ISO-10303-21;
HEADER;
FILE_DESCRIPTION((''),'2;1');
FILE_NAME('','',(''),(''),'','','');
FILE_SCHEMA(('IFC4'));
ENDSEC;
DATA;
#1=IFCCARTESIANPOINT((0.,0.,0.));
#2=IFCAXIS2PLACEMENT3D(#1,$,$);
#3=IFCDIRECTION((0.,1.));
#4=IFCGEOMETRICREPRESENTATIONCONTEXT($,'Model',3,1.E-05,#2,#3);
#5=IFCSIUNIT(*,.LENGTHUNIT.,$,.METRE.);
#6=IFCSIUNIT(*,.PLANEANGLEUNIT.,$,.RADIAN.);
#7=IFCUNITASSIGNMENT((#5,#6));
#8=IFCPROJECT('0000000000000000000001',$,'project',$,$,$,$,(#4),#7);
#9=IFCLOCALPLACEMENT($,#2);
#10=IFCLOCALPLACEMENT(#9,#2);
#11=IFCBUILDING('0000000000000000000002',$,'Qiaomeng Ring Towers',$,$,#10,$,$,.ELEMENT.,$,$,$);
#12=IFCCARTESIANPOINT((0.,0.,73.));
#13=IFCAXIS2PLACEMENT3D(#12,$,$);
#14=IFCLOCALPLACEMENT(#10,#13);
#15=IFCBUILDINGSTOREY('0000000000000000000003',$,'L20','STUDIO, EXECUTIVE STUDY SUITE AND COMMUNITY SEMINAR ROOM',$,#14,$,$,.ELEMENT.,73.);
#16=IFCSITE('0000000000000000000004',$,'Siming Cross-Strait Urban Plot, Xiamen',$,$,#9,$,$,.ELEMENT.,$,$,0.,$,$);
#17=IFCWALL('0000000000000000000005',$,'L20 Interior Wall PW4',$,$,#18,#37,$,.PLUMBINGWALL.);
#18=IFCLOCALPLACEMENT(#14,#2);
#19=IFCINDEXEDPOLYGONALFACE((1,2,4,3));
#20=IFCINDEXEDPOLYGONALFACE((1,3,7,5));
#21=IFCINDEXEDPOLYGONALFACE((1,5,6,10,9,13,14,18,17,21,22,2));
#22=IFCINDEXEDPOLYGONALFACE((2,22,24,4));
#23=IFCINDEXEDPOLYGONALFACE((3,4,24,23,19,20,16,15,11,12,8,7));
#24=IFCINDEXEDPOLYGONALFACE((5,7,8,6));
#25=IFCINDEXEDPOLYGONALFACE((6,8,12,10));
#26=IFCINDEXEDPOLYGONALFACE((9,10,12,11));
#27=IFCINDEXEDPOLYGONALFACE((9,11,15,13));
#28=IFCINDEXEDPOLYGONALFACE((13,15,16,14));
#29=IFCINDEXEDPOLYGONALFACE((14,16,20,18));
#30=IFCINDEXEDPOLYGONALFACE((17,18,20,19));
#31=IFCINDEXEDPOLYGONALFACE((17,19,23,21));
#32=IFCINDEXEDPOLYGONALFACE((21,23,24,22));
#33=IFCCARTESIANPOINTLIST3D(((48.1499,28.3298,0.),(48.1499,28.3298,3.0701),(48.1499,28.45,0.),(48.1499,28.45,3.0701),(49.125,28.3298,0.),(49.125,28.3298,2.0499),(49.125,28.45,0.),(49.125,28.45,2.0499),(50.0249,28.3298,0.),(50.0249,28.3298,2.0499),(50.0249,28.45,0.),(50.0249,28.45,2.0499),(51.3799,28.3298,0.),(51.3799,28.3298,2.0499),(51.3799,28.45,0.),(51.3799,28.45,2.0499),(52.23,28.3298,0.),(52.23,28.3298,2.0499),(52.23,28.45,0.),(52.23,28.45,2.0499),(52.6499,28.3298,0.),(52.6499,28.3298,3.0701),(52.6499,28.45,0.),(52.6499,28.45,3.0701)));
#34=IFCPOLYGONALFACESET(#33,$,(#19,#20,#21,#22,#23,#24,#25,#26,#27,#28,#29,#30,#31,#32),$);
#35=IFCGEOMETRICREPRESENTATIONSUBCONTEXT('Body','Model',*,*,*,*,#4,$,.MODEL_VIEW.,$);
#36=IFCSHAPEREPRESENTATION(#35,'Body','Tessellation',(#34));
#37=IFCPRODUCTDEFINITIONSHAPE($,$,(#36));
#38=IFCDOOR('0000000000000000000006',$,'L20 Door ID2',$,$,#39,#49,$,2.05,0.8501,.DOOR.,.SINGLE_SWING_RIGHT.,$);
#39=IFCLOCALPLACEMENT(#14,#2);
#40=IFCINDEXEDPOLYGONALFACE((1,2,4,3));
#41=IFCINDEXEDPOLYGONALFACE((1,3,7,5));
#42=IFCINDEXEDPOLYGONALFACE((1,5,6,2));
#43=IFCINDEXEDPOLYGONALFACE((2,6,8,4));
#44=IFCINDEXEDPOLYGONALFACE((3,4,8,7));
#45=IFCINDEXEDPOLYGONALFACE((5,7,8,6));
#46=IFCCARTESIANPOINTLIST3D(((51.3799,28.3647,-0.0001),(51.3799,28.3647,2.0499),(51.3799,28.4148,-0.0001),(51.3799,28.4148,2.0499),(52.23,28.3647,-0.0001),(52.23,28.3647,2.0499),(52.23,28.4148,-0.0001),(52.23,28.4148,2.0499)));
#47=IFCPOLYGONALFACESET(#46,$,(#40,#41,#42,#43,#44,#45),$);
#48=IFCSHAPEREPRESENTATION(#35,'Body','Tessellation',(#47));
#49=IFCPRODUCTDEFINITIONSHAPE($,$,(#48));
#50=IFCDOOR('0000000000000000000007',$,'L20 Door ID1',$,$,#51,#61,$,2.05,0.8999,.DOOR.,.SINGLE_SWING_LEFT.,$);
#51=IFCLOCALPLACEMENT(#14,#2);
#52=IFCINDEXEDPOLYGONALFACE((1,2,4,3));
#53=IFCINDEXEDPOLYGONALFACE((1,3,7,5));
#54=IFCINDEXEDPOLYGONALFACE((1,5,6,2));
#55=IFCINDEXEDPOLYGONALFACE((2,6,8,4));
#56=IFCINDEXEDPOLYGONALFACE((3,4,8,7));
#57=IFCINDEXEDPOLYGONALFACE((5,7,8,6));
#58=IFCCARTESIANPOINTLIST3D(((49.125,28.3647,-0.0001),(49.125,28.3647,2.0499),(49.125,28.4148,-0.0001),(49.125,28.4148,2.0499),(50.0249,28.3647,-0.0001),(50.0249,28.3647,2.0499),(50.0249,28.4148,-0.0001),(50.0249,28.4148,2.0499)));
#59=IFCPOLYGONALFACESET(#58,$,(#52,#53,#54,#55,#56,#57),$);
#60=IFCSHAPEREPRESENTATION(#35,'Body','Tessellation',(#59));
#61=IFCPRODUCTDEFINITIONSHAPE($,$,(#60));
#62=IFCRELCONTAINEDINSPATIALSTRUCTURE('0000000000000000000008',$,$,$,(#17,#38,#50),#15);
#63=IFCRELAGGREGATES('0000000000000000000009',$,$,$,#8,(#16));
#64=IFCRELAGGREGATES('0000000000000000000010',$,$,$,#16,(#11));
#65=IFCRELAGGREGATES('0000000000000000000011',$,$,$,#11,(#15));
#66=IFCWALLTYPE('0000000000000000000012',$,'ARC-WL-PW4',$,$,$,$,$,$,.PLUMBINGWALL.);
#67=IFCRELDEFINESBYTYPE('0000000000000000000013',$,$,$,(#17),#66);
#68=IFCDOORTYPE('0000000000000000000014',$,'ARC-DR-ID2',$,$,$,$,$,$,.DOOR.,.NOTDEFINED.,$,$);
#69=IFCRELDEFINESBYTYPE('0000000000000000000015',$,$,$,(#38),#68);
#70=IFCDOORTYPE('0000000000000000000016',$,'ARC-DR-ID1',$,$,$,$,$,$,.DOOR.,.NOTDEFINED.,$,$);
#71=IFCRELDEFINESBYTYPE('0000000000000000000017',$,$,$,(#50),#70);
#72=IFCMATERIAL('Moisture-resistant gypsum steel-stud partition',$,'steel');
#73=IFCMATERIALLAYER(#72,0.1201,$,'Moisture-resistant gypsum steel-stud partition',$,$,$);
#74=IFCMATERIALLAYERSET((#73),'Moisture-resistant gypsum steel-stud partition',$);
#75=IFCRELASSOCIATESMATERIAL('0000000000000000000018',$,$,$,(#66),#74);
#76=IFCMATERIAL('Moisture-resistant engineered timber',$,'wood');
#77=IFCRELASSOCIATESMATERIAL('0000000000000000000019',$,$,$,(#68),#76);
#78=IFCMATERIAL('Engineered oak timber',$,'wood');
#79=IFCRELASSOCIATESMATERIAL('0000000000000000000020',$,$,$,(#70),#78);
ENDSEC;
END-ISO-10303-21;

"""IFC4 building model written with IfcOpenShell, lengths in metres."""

from ifc_helpers import new_model, si_unit, direction, frame, frame_2d, origin, place, context, subcontext, project, spatial, rectangle, extrude, source, transform, mapped, material, layer, layer_set, type_object, element, fill, save


model = new_model("IFC4")

# Units and contexts
model_context = context("Model", 3, precision=1e-05, world=origin(), true_north=direction((0.0, 1.0)))
body_context = subcontext(model_context, "Body", "Model", "MODEL_VIEW")
ifc_project = project(units=[si_unit("LENGTHUNIT", "METRE"), si_unit("PLANEANGLEUNIT", "RADIAN")], contexts=[model_context])

# Site, building, storey
site_placement = place(None, origin())
site = spatial("IfcSite", under=ifc_project, at=site_placement, Name="Siming Cross-Strait Urban Plot, Xiamen", CompositionType="ELEMENT", RefElevation=0.0)
building_placement = place(site_placement, origin())
building = spatial("IfcBuilding", under=site, at=building_placement, Name="Qiaomeng Ring Towers", CompositionType="ELEMENT")
storey_placement = place(building_placement, frame((0.0, 0.0, 73.0)))
storey = spatial("IfcBuildingStorey", under=building, at=storey_placement, Name="L20", Description="STUDIO, EXECUTIVE STUDY SUITE AND COMMUNITY SEMINAR ROOM", CompositionType="ELEMENT", Elevation=73.0)

# Wall, openings, doors
ifc_material_1 = material(Name="Moisture-resistant gypsum steel-stud partition", Category="steel")
ifc_layer_1 = layer(ifc_material_1, 0.1201, Name="Moisture-resistant gypsum steel-stud partition")
ifc_layer_set_1 = layer_set([ifc_layer_1], Name="Moisture-resistant gypsum steel-stud partition")
wall_type_1 = type_object("IfcWallType", Name="ARC-WL-PW4", PredefinedType="PLUMBINGWALL", material=ifc_layer_set_1)
ifc_material_2 = material(Name="Moisture-resistant engineered timber", Category="wood")
door_type_1 = type_object("IfcDoorType", Name="ARC-DR-ID2", OperationType="NOTDEFINED", PredefinedType="DOOR", material=ifc_material_2)
shared_shape_1 = source(origin(), body_context, "Body", "SweptSolid", [
    extrude(rectangle(XDim=0.8501, YDim=2.05, at=frame_2d((0.425, 1.0249))), frame((0.0, 0.0249, 0.0), z_axis=(0.0, -1.0, 0.0), x_axis=(1.0, 0.0, 0.0)), (0.0, 0.0, 1.0), 0.05),
])
ifc_material_3 = material(Name="Engineered oak timber", Category="wood")
door_type_2 = type_object("IfcDoorType", Name="ARC-DR-ID1", OperationType="NOTDEFINED", PredefinedType="DOOR", material=ifc_material_3)
shared_shape_2 = source(origin(), body_context, "Body", "SweptSolid", [
    extrude(rectangle(XDim=0.8999, YDim=2.05, at=frame_2d((0.45, 1.0249))), frame((0.0, 0.0249, 0.0), z_axis=(0.0, -1.0, 0.0), x_axis=(1.0, 0.0, 0.0)), (0.0, 0.0, 1.0), 0.05),
])
wall_1_placement = place(storey_placement, frame((48.1499, 28.3899, 0.0), z_axis=(0.0, 0.0, 1.0), x_axis=(1.0, 0.0, 0.0)))
wall_1 = element("IfcWall", 1, at=wall_1_placement, inside=storey, type_object=wall_type_1, Name="L20 Interior Wall PW4", PredefinedType="PLUMBINGWALL", context=body_context, shape_type="SweptSolid", body=[
    extrude(rectangle(XDim=4.5, YDim=0.1201, at=frame_2d((2.25, 0.0))), origin(), (0.0, 0.0, 1.0), 3.0701),
])
opening_1_placement = place(wall_1_placement, frame((0.9751, 0.0, 0.0)))
opening_1 = element("IfcOpeningElement", 2, at=opening_1_placement, cuts=wall_1, PredefinedType="OPENING", context=body_context, shape_type="SweptSolid", body=[
    extrude(rectangle(XDim=0.8999, YDim=2.05, at=frame_2d((0.45, 1.0249))), frame((0.0, 0.0701, 0.0), z_axis=(0.0, -1.0, 0.0), x_axis=(1.0, 0.0, 0.0)), (0.0, 0.0, 1.0), 0.1401),
])
opening_2_placement = place(wall_1_placement, frame((3.23, 0.0, 0.0)))
opening_2 = element("IfcOpeningElement", 3, at=opening_2_placement, cuts=wall_1, PredefinedType="OPENING", context=body_context, shape_type="SweptSolid", body=[
    extrude(rectangle(XDim=0.8501, YDim=2.05, at=frame_2d((0.425, 1.0249))), frame((0.0, 0.0701, 0.0), z_axis=(0.0, -1.0, 0.0), x_axis=(1.0, 0.0, 0.0)), (0.0, 0.0, 1.0), 0.1401),
])
door_1_placement = place(opening_2_placement, origin())
door_1 = element("IfcDoor", 4, at=door_1_placement, inside=storey, type_object=door_type_1, Name="L20 Door ID2", OperationType="SINGLE_SWING_RIGHT", OverallHeight=2.05, OverallWidth=0.8501, PredefinedType="DOOR", context=body_context, shape_type="MappedRepresentation", body=[
    mapped(shared_shape_1, transform((0.0, 0.0, 0.0), x_axis=(1.0, 0.0, 0.0), y_axis=(0.0, 1.0, 0.0), z_axis=(0.0, 0.0, 1.0), scale=1.0)),
])
fill(opening_2, door_1)
door_2_placement = place(opening_1_placement, origin())
door_2 = element("IfcDoor", 5, at=door_2_placement, inside=storey, type_object=door_type_2, Name="L20 Door ID1", OperationType="SINGLE_SWING_LEFT", OverallHeight=2.05, OverallWidth=0.8999, PredefinedType="DOOR", context=body_context, shape_type="MappedRepresentation", body=[
    mapped(shared_shape_2, transform((0.0, 0.0, 0.0), x_axis=(1.0, 0.0, 0.0), y_axis=(0.0, 1.0, 0.0), z_axis=(0.0, 0.0, 1.0), scale=1.0)),
])
fill(opening_1, door_2)

save(model, "model.ifc")
